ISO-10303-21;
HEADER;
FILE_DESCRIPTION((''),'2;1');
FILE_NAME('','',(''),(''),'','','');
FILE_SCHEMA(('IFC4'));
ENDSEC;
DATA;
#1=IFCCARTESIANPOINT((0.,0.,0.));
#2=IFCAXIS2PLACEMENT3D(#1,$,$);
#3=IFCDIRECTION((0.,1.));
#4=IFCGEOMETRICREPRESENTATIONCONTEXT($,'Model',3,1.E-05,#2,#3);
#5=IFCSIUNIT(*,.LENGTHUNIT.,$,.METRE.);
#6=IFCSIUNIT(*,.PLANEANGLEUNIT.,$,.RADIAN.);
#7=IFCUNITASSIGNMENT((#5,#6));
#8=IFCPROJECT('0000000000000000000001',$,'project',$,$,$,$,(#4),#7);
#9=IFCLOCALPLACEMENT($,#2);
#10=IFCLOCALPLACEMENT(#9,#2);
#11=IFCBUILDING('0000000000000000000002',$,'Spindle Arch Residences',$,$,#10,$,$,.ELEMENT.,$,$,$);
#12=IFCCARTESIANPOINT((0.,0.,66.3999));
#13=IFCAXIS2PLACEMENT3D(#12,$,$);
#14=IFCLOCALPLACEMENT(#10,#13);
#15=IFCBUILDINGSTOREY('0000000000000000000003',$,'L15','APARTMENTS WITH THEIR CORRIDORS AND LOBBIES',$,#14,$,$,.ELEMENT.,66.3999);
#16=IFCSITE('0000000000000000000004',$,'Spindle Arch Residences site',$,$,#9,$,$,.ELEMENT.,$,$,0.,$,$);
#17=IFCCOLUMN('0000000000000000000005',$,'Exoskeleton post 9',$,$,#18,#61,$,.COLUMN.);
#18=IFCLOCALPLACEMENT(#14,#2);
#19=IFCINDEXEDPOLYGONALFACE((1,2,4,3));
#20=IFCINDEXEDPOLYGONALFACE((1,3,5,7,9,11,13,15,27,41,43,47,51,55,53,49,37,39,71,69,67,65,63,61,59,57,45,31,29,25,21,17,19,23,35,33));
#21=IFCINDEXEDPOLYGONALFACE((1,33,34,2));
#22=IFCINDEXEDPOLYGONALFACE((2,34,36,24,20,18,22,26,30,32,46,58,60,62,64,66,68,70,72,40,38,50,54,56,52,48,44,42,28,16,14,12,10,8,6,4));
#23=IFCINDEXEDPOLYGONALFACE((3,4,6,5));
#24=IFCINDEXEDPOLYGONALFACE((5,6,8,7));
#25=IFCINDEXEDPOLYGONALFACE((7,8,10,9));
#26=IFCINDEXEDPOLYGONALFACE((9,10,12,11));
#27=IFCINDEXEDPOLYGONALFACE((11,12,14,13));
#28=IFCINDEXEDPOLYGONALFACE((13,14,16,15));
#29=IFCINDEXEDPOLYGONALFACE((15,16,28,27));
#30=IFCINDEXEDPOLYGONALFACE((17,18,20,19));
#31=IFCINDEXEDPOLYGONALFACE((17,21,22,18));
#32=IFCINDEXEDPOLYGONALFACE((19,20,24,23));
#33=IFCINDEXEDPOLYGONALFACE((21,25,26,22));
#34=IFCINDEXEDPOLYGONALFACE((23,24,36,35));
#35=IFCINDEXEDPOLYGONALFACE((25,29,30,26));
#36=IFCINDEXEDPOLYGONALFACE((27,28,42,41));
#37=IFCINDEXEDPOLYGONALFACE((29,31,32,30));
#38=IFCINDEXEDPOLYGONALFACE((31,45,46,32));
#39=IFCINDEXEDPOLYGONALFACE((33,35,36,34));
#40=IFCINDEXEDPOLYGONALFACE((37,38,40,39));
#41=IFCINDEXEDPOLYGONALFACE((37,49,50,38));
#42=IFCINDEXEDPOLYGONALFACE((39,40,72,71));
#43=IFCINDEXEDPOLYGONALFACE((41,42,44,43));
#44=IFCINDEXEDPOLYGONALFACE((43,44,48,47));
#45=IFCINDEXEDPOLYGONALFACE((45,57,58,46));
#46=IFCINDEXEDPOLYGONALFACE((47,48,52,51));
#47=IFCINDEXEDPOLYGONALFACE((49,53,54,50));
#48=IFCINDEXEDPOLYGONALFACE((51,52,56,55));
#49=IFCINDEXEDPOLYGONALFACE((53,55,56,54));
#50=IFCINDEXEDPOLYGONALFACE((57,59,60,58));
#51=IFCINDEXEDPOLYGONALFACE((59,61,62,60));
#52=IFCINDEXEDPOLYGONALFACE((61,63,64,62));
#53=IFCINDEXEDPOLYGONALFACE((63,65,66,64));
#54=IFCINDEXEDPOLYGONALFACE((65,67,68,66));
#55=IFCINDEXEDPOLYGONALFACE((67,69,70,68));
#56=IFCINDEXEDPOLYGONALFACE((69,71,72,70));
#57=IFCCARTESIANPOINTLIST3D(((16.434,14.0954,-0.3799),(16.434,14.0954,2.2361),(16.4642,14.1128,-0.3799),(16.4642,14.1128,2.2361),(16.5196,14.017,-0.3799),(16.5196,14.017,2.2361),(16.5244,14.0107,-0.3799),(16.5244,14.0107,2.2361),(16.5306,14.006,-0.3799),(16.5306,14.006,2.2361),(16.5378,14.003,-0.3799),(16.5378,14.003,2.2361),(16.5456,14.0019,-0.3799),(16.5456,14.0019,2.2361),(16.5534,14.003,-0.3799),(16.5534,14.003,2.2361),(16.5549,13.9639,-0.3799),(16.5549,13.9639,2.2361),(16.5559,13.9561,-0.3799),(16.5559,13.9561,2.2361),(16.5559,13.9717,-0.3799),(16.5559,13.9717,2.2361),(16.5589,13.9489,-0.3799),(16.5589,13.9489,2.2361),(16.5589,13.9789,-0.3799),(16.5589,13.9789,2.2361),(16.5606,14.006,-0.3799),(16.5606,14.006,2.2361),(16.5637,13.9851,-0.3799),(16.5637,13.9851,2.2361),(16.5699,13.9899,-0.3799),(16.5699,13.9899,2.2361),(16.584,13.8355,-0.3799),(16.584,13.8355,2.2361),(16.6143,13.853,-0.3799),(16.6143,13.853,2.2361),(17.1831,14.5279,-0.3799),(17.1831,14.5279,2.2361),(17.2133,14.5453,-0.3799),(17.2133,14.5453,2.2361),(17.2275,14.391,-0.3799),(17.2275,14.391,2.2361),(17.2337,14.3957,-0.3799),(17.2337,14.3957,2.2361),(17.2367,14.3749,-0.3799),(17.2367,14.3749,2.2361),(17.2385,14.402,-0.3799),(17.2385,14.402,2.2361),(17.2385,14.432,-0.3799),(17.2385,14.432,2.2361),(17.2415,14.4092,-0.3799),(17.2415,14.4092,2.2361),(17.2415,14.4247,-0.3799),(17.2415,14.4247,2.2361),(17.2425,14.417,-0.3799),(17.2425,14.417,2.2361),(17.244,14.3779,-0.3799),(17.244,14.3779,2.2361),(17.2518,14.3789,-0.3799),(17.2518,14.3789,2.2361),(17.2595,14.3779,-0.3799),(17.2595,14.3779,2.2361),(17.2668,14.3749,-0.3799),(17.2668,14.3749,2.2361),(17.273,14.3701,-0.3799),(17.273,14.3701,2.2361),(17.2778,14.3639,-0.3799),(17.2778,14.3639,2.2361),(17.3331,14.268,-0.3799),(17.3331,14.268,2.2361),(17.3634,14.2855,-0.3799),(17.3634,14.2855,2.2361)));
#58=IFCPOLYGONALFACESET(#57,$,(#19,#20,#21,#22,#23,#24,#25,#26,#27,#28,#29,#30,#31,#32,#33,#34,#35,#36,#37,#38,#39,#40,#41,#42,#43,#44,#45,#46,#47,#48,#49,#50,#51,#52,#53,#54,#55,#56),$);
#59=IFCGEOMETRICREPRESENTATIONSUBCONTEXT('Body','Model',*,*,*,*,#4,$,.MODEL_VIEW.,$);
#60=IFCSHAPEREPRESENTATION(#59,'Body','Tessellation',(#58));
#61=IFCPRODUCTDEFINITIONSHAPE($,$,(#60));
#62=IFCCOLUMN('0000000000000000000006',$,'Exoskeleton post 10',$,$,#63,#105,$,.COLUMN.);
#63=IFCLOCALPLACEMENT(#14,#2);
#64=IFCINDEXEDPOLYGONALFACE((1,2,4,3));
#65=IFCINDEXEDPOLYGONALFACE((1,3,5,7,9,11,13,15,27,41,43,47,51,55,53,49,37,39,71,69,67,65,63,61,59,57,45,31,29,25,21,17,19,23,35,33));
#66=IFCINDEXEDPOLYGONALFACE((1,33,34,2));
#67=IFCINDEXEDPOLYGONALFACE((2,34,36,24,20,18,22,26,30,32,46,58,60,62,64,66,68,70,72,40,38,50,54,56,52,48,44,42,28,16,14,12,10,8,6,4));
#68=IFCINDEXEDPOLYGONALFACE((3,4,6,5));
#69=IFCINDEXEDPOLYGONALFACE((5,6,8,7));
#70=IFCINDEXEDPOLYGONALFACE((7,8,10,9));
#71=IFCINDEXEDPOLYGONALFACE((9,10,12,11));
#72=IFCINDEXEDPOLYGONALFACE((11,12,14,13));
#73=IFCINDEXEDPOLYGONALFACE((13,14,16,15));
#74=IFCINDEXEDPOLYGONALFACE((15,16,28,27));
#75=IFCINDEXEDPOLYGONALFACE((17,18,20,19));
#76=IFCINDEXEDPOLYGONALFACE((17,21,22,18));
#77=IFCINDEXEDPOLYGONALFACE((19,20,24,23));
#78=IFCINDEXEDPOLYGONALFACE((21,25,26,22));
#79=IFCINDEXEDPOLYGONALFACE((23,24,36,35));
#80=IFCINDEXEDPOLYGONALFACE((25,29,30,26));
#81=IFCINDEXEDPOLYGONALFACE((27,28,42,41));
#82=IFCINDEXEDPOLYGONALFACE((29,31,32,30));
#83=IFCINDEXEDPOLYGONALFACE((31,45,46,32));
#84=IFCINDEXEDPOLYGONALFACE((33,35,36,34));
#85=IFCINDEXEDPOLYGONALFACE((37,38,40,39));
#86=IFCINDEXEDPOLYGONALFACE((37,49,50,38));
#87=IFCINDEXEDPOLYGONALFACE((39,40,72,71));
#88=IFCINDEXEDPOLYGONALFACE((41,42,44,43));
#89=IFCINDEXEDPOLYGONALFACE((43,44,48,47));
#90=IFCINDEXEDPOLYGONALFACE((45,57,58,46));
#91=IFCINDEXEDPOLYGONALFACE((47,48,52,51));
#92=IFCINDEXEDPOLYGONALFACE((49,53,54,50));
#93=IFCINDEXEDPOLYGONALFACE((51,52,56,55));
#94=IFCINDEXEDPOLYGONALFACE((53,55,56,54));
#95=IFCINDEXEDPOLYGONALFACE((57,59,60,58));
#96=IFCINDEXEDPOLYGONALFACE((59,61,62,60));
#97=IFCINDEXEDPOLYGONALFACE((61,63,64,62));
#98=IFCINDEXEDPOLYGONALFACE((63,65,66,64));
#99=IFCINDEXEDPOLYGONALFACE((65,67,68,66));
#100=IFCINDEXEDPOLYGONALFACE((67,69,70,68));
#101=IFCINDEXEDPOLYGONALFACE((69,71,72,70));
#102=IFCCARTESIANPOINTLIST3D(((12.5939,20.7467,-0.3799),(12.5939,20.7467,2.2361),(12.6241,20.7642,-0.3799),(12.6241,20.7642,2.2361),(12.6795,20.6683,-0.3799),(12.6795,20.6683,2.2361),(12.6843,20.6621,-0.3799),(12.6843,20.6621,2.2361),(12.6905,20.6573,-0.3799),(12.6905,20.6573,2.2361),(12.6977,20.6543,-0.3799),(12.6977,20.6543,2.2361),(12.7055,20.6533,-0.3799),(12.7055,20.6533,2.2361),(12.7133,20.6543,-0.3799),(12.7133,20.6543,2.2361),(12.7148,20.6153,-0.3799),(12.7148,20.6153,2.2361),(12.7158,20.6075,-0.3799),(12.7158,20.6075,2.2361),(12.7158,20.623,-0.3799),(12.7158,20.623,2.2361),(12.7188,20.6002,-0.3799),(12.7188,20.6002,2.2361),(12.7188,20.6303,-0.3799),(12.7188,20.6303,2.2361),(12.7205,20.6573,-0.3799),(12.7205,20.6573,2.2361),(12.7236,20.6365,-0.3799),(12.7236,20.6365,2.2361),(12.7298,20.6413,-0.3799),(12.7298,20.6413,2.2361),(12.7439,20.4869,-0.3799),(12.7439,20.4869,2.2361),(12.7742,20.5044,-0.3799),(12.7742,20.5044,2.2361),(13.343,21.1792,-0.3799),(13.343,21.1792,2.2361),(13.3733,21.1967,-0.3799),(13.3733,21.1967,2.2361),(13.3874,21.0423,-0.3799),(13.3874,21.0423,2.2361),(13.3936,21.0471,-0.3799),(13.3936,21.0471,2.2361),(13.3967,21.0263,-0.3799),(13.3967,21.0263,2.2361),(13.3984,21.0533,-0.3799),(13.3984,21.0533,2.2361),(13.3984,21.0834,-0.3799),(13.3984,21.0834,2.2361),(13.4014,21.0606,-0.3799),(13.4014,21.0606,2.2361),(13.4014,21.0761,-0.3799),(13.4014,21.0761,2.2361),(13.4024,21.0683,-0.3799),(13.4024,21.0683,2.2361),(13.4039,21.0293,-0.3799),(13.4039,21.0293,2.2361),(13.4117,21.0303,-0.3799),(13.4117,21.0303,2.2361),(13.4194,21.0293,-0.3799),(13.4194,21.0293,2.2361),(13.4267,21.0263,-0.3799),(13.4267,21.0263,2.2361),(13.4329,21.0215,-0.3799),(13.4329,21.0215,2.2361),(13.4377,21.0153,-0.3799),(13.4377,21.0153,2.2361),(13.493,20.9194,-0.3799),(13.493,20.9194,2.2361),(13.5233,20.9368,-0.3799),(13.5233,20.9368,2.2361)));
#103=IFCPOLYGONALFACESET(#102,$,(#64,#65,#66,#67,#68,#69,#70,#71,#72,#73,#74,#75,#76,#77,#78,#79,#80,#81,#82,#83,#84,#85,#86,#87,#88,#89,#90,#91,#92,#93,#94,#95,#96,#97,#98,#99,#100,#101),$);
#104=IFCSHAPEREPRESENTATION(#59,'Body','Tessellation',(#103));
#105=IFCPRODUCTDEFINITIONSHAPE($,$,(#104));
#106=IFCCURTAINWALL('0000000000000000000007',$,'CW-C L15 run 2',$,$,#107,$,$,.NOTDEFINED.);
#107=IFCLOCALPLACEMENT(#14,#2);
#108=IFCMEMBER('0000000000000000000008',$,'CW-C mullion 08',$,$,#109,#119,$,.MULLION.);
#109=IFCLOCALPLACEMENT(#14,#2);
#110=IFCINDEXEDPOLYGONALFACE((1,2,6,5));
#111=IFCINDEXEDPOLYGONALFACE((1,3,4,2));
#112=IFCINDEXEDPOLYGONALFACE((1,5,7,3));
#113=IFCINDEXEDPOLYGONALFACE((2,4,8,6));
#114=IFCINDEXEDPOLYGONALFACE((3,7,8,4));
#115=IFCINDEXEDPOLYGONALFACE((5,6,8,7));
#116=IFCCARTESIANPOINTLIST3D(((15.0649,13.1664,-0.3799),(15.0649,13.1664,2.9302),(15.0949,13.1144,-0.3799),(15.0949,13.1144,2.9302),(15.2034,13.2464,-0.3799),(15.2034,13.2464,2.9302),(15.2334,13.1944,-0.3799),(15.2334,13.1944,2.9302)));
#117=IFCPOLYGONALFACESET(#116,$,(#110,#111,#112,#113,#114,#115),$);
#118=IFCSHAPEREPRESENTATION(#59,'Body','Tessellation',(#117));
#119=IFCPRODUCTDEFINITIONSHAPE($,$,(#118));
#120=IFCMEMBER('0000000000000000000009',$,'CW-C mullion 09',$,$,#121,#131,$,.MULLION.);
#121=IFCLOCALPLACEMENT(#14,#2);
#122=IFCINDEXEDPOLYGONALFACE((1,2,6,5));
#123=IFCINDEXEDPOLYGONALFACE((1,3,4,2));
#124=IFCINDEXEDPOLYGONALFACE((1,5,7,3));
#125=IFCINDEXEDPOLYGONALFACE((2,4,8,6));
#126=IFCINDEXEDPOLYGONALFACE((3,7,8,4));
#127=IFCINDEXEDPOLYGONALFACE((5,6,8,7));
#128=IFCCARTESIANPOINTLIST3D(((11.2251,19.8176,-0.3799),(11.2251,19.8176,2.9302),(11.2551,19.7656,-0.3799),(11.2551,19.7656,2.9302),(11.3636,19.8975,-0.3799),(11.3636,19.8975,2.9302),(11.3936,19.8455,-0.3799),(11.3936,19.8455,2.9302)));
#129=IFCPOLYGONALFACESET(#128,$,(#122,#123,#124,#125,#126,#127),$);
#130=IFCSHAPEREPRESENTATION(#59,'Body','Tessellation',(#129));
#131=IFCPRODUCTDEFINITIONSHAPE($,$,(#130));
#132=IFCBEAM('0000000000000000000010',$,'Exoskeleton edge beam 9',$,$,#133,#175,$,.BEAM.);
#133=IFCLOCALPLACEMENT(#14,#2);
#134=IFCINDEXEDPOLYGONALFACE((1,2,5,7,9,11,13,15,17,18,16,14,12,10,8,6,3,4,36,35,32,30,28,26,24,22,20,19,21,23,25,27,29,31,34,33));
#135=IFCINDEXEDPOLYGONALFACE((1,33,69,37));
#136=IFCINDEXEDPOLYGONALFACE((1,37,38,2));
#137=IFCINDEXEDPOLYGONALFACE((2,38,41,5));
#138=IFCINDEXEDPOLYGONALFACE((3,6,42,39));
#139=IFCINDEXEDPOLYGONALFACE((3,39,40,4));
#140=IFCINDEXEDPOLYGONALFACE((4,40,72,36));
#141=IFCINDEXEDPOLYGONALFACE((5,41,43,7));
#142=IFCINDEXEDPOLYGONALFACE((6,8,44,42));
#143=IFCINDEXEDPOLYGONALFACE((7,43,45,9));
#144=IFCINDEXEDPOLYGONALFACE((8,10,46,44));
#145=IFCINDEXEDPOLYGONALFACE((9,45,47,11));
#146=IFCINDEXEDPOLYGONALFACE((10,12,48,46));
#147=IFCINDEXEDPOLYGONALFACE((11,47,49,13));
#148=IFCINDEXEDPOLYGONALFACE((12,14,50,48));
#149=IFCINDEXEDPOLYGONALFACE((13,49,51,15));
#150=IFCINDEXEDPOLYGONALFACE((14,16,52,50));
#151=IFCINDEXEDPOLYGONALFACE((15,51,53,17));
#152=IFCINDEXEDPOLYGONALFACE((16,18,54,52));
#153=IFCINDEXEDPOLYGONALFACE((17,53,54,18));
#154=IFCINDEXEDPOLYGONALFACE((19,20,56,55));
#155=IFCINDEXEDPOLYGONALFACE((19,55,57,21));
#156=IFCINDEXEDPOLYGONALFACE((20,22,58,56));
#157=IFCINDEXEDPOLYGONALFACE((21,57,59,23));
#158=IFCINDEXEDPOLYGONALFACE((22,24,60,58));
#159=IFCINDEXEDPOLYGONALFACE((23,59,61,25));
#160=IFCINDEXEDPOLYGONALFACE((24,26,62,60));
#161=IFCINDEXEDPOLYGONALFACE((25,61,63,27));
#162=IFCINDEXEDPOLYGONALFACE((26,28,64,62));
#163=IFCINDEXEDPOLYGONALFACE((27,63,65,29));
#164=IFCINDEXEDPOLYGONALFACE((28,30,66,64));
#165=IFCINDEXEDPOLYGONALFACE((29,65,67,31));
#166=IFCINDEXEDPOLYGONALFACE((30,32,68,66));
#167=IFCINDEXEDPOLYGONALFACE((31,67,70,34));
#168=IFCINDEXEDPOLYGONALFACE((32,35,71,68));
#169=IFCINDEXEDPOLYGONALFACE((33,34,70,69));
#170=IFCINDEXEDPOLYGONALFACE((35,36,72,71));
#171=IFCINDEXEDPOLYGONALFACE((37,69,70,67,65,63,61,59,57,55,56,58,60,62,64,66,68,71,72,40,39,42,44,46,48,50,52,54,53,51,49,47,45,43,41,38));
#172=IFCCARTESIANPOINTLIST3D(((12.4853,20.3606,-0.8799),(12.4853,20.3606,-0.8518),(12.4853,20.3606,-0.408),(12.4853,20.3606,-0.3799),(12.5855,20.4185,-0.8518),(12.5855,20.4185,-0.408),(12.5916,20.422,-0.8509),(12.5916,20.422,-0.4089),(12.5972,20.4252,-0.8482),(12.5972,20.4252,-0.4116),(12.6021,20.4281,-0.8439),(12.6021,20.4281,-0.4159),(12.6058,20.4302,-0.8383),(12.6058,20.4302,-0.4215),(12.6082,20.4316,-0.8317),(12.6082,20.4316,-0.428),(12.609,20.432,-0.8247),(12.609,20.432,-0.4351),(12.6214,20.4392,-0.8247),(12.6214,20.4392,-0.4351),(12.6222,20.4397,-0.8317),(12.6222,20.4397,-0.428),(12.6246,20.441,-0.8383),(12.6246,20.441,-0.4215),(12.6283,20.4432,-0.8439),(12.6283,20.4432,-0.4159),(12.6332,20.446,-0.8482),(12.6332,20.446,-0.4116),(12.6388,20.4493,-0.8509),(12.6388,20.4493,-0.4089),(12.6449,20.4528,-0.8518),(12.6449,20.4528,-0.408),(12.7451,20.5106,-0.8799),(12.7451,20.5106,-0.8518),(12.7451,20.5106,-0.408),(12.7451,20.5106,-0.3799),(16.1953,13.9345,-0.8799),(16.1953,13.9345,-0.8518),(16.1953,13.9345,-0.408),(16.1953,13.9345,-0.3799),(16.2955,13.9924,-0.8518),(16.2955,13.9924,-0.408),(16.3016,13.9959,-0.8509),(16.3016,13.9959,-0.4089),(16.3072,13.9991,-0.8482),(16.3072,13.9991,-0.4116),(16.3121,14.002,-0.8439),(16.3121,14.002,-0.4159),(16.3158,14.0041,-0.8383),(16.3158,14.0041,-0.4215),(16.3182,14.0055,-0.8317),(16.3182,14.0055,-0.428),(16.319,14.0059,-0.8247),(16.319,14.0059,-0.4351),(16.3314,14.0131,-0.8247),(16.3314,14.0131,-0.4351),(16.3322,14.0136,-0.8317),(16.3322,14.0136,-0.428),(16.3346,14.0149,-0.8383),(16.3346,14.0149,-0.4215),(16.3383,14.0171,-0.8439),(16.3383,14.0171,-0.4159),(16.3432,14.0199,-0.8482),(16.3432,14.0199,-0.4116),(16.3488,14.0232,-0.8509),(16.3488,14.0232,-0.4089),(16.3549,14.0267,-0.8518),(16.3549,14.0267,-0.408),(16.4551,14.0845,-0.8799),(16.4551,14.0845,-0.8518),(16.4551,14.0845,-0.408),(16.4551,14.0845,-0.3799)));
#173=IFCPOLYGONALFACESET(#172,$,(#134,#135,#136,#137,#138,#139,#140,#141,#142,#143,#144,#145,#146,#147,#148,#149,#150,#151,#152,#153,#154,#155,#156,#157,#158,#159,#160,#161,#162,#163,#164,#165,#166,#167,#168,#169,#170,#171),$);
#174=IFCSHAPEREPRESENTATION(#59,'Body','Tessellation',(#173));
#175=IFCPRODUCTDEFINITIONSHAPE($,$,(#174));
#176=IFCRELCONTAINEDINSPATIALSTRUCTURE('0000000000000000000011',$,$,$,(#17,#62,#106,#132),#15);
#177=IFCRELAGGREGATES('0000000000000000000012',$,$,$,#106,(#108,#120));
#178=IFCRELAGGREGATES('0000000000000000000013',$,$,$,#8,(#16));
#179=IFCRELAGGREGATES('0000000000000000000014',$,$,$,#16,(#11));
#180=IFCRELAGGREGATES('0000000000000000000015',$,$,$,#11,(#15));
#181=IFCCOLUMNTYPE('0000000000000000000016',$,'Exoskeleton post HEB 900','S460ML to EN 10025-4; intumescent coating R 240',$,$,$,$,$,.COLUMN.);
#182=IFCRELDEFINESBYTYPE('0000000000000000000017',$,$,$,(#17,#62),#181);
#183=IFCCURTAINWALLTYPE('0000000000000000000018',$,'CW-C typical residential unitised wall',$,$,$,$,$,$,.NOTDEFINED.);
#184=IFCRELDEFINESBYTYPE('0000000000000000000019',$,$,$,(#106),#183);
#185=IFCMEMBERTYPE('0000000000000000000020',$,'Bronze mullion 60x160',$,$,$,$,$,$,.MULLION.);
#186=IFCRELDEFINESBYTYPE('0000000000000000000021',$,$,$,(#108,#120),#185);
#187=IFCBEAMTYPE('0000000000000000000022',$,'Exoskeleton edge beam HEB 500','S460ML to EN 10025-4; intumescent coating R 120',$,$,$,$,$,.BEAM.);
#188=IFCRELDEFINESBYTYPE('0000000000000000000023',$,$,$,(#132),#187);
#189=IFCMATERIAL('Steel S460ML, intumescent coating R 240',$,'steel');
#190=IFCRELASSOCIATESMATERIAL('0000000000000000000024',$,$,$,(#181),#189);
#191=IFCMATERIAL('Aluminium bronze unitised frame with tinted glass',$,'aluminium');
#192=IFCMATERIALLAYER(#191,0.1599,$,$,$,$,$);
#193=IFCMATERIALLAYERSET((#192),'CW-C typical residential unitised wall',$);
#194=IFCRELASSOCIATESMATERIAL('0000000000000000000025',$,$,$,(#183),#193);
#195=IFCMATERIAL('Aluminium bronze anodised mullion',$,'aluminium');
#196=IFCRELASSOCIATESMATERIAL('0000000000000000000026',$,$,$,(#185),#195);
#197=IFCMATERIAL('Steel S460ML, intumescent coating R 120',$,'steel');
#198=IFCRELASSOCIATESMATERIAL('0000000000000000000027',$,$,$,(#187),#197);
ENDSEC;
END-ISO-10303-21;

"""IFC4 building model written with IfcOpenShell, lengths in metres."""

from ifc_helpers import new_model, si_unit, direction, frame, origin, origin_2d, place, context, subcontext, project, spatial, rectangle, i_section, extrude, material, layer, layer_set, material_profile, profile_set, type_object, element, aggregate, save


model = new_model("IFC4")

# Units and contexts
model_context = context("Model", 3, precision=1e-05, world=origin(), true_north=direction((0.0, 1.0)))
body_context = subcontext(model_context, "Body", "Model", "MODEL_VIEW")
ifc_project = project(units=[si_unit("LENGTHUNIT", "METRE"), si_unit("PLANEANGLEUNIT", "RADIAN")], contexts=[model_context])

# Site, building, storey
site_placement = place(None, origin())
site = spatial("IfcSite", under=ifc_project, at=site_placement, Name="Spindle Arch Residences site", CompositionType="ELEMENT", RefElevation=0.0)
building_placement = place(site_placement, origin())
building = spatial("IfcBuilding", under=site, at=building_placement, Name="Spindle Arch Residences", CompositionType="ELEMENT")
storey_placement = place(building_placement, frame((0.0, 0.0, 66.3999)))
storey = spatial("IfcBuildingStorey", under=building, at=storey_placement, Name="L15", Description="APARTMENTS WITH THEIR CORRIDORS AND LOBBIES", CompositionType="ELEMENT", Elevation=66.3999)

# Columns
ifc_material_1 = material(Name="Steel S460ML, intumescent coating R 240", Category="steel")
ifc_material_profile_1 = material_profile(ifc_material_1, i_section(OverallWidth=0.3, OverallDepth=0.8999, WebThickness=0.0186, FlangeThickness=0.0349, FilletRadius=0.03, at=origin_2d()), Name="HEB 900")
ifc_profile_set_1 = profile_set([ifc_material_profile_1], Name="Steel S460ML, intumescent coating R 240")
column_type = type_object("IfcColumnType", Name="Exoskeleton post HEB 900", Description="S460ML to EN 10025-4; intumescent coating R 240", PredefinedType="COLUMN", material=ifc_profile_set_1)
for number, where, z_axis, x_axis, name in (
    (1, (16.8987, 14.1904, -0.3799), (0.0, 0.0, 1.0), (0.5, -0.866025, 0.0), "Exoskeleton post 9"),
    (2, (13.0586, 20.8418, -0.3799), (0.0, 0.0, 1.0), (0.5, -0.866025, 0.0), "Exoskeleton post 10"),
):
    element("IfcColumn", number, at=place(storey_placement, frame(where, z_axis=z_axis, x_axis=x_axis)), inside=storey, type_object=column_type, Name=name, PredefinedType="COLUMN", context=body_context, shape_type="SweptSolid", body=[
        extrude(i_section(OverallWidth=0.3, OverallDepth=0.8999, WebThickness=0.0186, FlangeThickness=0.0349, FilletRadius=0.03, at=origin_2d()), origin(), (0.0, 0.0, 1.0), 2.616),
    ])

# Curtain wall, members
ifc_material_2 = material(Name="Aluminium bronze unitised frame with tinted glass", Category="aluminium")
ifc_layer_1 = layer(ifc_material_2, 0.1599)
ifc_layer_set_1 = layer_set([ifc_layer_1], Name="CW-C typical residential unitised wall")
curtain_wall_type = type_object("IfcCurtainWallType", Name="CW-C typical residential unitised wall", PredefinedType="NOTDEFINED", material=ifc_layer_set_1)
curtain_wall_placement = place(storey_placement, origin())
curtain_wall = element("IfcCurtainWall", 3, at=curtain_wall_placement, inside=storey, type_object=curtain_wall_type, Name="CW-C L15 run 2", PredefinedType="NOTDEFINED")
ifc_material_3 = material(Name="Aluminium bronze anodised mullion", Category="aluminium")
ifc_material_profile_2 = material_profile(ifc_material_3, rectangle(XDim=0.1599, YDim=0.0601, at=origin_2d()), Name="MU 60x160")
ifc_profile_set_2 = profile_set([ifc_material_profile_2], Name="Aluminium bronze anodised mullion")
member_type = type_object("IfcMemberType", Name="Bronze mullion 60x160", PredefinedType="MULLION", material=ifc_profile_set_2)
member_1_placement = place(storey_placement, frame((15.1492, 13.1804, -0.3799), z_axis=(0.0, 0.0, 1.0), x_axis=(-0.866025, -0.5, 0.0)))
member_1 = element("IfcMember", 4, at=member_1_placement, type_object=member_type, Name="CW-C mullion 08", PredefinedType="MULLION", context=body_context, shape_type="SweptSolid", body=[
    extrude(rectangle(XDim=0.1599, YDim=0.0601, at=origin_2d()), origin(), (0.0, 0.0, 1.0), 3.3101),
])
member_2_placement = place(storey_placement, frame((11.3093, 19.8315, -0.3799), z_axis=(0.0, 0.0, 1.0), x_axis=(-0.866025, -0.5, 0.0)))
member_2 = element("IfcMember", 5, at=member_2_placement, type_object=member_type, Name="CW-C mullion 09", PredefinedType="MULLION", context=body_context, shape_type="SweptSolid", body=[
    extrude(rectangle(XDim=0.1599, YDim=0.0601, at=origin_2d()), origin(), (0.0, 0.0, 1.0), 3.3101),
])

# Beam
ifc_material_4 = material(Name="Steel S460ML, intumescent coating R 120", Category="steel")
ifc_material_profile_3 = material_profile(ifc_material_4, i_section(OverallWidth=0.3, OverallDepth=0.5, WebThickness=0.0144, FlangeThickness=0.0281, FilletRadius=0.0271, at=origin_2d()), Name="HEB 500")
ifc_profile_set_3 = profile_set([ifc_material_profile_3], Name="Steel S460ML, intumescent coating R 120")
beam_type_1 = type_object("IfcBeamType", Name="Exoskeleton edge beam HEB 500", Description="S460ML to EN 10025-4; intumescent coating R 120", PredefinedType="BEAM", material=ifc_profile_set_3)
beam_1_placement = place(storey_placement, frame((16.3252, 14.0095, -0.6299), z_axis=(-0.499989, 0.866032, 0.0), x_axis=(-0.866032, -0.499989, 0.0)))
element("IfcBeam", 6, at=beam_1_placement, inside=storey, type_object=beam_type_1, Name="Exoskeleton edge beam 9", PredefinedType="BEAM", context=body_context, shape_type="SweptSolid", body=[
    extrude(i_section(OverallWidth=0.3, OverallDepth=0.5, WebThickness=0.0144, FlangeThickness=0.0281, FilletRadius=0.0271, at=origin_2d()), origin(), (0.0, 0.0, 1.0), 7.4202),
])

aggregate(curtain_wall, [member_1, member_2])

save(model, "model.ifc")
